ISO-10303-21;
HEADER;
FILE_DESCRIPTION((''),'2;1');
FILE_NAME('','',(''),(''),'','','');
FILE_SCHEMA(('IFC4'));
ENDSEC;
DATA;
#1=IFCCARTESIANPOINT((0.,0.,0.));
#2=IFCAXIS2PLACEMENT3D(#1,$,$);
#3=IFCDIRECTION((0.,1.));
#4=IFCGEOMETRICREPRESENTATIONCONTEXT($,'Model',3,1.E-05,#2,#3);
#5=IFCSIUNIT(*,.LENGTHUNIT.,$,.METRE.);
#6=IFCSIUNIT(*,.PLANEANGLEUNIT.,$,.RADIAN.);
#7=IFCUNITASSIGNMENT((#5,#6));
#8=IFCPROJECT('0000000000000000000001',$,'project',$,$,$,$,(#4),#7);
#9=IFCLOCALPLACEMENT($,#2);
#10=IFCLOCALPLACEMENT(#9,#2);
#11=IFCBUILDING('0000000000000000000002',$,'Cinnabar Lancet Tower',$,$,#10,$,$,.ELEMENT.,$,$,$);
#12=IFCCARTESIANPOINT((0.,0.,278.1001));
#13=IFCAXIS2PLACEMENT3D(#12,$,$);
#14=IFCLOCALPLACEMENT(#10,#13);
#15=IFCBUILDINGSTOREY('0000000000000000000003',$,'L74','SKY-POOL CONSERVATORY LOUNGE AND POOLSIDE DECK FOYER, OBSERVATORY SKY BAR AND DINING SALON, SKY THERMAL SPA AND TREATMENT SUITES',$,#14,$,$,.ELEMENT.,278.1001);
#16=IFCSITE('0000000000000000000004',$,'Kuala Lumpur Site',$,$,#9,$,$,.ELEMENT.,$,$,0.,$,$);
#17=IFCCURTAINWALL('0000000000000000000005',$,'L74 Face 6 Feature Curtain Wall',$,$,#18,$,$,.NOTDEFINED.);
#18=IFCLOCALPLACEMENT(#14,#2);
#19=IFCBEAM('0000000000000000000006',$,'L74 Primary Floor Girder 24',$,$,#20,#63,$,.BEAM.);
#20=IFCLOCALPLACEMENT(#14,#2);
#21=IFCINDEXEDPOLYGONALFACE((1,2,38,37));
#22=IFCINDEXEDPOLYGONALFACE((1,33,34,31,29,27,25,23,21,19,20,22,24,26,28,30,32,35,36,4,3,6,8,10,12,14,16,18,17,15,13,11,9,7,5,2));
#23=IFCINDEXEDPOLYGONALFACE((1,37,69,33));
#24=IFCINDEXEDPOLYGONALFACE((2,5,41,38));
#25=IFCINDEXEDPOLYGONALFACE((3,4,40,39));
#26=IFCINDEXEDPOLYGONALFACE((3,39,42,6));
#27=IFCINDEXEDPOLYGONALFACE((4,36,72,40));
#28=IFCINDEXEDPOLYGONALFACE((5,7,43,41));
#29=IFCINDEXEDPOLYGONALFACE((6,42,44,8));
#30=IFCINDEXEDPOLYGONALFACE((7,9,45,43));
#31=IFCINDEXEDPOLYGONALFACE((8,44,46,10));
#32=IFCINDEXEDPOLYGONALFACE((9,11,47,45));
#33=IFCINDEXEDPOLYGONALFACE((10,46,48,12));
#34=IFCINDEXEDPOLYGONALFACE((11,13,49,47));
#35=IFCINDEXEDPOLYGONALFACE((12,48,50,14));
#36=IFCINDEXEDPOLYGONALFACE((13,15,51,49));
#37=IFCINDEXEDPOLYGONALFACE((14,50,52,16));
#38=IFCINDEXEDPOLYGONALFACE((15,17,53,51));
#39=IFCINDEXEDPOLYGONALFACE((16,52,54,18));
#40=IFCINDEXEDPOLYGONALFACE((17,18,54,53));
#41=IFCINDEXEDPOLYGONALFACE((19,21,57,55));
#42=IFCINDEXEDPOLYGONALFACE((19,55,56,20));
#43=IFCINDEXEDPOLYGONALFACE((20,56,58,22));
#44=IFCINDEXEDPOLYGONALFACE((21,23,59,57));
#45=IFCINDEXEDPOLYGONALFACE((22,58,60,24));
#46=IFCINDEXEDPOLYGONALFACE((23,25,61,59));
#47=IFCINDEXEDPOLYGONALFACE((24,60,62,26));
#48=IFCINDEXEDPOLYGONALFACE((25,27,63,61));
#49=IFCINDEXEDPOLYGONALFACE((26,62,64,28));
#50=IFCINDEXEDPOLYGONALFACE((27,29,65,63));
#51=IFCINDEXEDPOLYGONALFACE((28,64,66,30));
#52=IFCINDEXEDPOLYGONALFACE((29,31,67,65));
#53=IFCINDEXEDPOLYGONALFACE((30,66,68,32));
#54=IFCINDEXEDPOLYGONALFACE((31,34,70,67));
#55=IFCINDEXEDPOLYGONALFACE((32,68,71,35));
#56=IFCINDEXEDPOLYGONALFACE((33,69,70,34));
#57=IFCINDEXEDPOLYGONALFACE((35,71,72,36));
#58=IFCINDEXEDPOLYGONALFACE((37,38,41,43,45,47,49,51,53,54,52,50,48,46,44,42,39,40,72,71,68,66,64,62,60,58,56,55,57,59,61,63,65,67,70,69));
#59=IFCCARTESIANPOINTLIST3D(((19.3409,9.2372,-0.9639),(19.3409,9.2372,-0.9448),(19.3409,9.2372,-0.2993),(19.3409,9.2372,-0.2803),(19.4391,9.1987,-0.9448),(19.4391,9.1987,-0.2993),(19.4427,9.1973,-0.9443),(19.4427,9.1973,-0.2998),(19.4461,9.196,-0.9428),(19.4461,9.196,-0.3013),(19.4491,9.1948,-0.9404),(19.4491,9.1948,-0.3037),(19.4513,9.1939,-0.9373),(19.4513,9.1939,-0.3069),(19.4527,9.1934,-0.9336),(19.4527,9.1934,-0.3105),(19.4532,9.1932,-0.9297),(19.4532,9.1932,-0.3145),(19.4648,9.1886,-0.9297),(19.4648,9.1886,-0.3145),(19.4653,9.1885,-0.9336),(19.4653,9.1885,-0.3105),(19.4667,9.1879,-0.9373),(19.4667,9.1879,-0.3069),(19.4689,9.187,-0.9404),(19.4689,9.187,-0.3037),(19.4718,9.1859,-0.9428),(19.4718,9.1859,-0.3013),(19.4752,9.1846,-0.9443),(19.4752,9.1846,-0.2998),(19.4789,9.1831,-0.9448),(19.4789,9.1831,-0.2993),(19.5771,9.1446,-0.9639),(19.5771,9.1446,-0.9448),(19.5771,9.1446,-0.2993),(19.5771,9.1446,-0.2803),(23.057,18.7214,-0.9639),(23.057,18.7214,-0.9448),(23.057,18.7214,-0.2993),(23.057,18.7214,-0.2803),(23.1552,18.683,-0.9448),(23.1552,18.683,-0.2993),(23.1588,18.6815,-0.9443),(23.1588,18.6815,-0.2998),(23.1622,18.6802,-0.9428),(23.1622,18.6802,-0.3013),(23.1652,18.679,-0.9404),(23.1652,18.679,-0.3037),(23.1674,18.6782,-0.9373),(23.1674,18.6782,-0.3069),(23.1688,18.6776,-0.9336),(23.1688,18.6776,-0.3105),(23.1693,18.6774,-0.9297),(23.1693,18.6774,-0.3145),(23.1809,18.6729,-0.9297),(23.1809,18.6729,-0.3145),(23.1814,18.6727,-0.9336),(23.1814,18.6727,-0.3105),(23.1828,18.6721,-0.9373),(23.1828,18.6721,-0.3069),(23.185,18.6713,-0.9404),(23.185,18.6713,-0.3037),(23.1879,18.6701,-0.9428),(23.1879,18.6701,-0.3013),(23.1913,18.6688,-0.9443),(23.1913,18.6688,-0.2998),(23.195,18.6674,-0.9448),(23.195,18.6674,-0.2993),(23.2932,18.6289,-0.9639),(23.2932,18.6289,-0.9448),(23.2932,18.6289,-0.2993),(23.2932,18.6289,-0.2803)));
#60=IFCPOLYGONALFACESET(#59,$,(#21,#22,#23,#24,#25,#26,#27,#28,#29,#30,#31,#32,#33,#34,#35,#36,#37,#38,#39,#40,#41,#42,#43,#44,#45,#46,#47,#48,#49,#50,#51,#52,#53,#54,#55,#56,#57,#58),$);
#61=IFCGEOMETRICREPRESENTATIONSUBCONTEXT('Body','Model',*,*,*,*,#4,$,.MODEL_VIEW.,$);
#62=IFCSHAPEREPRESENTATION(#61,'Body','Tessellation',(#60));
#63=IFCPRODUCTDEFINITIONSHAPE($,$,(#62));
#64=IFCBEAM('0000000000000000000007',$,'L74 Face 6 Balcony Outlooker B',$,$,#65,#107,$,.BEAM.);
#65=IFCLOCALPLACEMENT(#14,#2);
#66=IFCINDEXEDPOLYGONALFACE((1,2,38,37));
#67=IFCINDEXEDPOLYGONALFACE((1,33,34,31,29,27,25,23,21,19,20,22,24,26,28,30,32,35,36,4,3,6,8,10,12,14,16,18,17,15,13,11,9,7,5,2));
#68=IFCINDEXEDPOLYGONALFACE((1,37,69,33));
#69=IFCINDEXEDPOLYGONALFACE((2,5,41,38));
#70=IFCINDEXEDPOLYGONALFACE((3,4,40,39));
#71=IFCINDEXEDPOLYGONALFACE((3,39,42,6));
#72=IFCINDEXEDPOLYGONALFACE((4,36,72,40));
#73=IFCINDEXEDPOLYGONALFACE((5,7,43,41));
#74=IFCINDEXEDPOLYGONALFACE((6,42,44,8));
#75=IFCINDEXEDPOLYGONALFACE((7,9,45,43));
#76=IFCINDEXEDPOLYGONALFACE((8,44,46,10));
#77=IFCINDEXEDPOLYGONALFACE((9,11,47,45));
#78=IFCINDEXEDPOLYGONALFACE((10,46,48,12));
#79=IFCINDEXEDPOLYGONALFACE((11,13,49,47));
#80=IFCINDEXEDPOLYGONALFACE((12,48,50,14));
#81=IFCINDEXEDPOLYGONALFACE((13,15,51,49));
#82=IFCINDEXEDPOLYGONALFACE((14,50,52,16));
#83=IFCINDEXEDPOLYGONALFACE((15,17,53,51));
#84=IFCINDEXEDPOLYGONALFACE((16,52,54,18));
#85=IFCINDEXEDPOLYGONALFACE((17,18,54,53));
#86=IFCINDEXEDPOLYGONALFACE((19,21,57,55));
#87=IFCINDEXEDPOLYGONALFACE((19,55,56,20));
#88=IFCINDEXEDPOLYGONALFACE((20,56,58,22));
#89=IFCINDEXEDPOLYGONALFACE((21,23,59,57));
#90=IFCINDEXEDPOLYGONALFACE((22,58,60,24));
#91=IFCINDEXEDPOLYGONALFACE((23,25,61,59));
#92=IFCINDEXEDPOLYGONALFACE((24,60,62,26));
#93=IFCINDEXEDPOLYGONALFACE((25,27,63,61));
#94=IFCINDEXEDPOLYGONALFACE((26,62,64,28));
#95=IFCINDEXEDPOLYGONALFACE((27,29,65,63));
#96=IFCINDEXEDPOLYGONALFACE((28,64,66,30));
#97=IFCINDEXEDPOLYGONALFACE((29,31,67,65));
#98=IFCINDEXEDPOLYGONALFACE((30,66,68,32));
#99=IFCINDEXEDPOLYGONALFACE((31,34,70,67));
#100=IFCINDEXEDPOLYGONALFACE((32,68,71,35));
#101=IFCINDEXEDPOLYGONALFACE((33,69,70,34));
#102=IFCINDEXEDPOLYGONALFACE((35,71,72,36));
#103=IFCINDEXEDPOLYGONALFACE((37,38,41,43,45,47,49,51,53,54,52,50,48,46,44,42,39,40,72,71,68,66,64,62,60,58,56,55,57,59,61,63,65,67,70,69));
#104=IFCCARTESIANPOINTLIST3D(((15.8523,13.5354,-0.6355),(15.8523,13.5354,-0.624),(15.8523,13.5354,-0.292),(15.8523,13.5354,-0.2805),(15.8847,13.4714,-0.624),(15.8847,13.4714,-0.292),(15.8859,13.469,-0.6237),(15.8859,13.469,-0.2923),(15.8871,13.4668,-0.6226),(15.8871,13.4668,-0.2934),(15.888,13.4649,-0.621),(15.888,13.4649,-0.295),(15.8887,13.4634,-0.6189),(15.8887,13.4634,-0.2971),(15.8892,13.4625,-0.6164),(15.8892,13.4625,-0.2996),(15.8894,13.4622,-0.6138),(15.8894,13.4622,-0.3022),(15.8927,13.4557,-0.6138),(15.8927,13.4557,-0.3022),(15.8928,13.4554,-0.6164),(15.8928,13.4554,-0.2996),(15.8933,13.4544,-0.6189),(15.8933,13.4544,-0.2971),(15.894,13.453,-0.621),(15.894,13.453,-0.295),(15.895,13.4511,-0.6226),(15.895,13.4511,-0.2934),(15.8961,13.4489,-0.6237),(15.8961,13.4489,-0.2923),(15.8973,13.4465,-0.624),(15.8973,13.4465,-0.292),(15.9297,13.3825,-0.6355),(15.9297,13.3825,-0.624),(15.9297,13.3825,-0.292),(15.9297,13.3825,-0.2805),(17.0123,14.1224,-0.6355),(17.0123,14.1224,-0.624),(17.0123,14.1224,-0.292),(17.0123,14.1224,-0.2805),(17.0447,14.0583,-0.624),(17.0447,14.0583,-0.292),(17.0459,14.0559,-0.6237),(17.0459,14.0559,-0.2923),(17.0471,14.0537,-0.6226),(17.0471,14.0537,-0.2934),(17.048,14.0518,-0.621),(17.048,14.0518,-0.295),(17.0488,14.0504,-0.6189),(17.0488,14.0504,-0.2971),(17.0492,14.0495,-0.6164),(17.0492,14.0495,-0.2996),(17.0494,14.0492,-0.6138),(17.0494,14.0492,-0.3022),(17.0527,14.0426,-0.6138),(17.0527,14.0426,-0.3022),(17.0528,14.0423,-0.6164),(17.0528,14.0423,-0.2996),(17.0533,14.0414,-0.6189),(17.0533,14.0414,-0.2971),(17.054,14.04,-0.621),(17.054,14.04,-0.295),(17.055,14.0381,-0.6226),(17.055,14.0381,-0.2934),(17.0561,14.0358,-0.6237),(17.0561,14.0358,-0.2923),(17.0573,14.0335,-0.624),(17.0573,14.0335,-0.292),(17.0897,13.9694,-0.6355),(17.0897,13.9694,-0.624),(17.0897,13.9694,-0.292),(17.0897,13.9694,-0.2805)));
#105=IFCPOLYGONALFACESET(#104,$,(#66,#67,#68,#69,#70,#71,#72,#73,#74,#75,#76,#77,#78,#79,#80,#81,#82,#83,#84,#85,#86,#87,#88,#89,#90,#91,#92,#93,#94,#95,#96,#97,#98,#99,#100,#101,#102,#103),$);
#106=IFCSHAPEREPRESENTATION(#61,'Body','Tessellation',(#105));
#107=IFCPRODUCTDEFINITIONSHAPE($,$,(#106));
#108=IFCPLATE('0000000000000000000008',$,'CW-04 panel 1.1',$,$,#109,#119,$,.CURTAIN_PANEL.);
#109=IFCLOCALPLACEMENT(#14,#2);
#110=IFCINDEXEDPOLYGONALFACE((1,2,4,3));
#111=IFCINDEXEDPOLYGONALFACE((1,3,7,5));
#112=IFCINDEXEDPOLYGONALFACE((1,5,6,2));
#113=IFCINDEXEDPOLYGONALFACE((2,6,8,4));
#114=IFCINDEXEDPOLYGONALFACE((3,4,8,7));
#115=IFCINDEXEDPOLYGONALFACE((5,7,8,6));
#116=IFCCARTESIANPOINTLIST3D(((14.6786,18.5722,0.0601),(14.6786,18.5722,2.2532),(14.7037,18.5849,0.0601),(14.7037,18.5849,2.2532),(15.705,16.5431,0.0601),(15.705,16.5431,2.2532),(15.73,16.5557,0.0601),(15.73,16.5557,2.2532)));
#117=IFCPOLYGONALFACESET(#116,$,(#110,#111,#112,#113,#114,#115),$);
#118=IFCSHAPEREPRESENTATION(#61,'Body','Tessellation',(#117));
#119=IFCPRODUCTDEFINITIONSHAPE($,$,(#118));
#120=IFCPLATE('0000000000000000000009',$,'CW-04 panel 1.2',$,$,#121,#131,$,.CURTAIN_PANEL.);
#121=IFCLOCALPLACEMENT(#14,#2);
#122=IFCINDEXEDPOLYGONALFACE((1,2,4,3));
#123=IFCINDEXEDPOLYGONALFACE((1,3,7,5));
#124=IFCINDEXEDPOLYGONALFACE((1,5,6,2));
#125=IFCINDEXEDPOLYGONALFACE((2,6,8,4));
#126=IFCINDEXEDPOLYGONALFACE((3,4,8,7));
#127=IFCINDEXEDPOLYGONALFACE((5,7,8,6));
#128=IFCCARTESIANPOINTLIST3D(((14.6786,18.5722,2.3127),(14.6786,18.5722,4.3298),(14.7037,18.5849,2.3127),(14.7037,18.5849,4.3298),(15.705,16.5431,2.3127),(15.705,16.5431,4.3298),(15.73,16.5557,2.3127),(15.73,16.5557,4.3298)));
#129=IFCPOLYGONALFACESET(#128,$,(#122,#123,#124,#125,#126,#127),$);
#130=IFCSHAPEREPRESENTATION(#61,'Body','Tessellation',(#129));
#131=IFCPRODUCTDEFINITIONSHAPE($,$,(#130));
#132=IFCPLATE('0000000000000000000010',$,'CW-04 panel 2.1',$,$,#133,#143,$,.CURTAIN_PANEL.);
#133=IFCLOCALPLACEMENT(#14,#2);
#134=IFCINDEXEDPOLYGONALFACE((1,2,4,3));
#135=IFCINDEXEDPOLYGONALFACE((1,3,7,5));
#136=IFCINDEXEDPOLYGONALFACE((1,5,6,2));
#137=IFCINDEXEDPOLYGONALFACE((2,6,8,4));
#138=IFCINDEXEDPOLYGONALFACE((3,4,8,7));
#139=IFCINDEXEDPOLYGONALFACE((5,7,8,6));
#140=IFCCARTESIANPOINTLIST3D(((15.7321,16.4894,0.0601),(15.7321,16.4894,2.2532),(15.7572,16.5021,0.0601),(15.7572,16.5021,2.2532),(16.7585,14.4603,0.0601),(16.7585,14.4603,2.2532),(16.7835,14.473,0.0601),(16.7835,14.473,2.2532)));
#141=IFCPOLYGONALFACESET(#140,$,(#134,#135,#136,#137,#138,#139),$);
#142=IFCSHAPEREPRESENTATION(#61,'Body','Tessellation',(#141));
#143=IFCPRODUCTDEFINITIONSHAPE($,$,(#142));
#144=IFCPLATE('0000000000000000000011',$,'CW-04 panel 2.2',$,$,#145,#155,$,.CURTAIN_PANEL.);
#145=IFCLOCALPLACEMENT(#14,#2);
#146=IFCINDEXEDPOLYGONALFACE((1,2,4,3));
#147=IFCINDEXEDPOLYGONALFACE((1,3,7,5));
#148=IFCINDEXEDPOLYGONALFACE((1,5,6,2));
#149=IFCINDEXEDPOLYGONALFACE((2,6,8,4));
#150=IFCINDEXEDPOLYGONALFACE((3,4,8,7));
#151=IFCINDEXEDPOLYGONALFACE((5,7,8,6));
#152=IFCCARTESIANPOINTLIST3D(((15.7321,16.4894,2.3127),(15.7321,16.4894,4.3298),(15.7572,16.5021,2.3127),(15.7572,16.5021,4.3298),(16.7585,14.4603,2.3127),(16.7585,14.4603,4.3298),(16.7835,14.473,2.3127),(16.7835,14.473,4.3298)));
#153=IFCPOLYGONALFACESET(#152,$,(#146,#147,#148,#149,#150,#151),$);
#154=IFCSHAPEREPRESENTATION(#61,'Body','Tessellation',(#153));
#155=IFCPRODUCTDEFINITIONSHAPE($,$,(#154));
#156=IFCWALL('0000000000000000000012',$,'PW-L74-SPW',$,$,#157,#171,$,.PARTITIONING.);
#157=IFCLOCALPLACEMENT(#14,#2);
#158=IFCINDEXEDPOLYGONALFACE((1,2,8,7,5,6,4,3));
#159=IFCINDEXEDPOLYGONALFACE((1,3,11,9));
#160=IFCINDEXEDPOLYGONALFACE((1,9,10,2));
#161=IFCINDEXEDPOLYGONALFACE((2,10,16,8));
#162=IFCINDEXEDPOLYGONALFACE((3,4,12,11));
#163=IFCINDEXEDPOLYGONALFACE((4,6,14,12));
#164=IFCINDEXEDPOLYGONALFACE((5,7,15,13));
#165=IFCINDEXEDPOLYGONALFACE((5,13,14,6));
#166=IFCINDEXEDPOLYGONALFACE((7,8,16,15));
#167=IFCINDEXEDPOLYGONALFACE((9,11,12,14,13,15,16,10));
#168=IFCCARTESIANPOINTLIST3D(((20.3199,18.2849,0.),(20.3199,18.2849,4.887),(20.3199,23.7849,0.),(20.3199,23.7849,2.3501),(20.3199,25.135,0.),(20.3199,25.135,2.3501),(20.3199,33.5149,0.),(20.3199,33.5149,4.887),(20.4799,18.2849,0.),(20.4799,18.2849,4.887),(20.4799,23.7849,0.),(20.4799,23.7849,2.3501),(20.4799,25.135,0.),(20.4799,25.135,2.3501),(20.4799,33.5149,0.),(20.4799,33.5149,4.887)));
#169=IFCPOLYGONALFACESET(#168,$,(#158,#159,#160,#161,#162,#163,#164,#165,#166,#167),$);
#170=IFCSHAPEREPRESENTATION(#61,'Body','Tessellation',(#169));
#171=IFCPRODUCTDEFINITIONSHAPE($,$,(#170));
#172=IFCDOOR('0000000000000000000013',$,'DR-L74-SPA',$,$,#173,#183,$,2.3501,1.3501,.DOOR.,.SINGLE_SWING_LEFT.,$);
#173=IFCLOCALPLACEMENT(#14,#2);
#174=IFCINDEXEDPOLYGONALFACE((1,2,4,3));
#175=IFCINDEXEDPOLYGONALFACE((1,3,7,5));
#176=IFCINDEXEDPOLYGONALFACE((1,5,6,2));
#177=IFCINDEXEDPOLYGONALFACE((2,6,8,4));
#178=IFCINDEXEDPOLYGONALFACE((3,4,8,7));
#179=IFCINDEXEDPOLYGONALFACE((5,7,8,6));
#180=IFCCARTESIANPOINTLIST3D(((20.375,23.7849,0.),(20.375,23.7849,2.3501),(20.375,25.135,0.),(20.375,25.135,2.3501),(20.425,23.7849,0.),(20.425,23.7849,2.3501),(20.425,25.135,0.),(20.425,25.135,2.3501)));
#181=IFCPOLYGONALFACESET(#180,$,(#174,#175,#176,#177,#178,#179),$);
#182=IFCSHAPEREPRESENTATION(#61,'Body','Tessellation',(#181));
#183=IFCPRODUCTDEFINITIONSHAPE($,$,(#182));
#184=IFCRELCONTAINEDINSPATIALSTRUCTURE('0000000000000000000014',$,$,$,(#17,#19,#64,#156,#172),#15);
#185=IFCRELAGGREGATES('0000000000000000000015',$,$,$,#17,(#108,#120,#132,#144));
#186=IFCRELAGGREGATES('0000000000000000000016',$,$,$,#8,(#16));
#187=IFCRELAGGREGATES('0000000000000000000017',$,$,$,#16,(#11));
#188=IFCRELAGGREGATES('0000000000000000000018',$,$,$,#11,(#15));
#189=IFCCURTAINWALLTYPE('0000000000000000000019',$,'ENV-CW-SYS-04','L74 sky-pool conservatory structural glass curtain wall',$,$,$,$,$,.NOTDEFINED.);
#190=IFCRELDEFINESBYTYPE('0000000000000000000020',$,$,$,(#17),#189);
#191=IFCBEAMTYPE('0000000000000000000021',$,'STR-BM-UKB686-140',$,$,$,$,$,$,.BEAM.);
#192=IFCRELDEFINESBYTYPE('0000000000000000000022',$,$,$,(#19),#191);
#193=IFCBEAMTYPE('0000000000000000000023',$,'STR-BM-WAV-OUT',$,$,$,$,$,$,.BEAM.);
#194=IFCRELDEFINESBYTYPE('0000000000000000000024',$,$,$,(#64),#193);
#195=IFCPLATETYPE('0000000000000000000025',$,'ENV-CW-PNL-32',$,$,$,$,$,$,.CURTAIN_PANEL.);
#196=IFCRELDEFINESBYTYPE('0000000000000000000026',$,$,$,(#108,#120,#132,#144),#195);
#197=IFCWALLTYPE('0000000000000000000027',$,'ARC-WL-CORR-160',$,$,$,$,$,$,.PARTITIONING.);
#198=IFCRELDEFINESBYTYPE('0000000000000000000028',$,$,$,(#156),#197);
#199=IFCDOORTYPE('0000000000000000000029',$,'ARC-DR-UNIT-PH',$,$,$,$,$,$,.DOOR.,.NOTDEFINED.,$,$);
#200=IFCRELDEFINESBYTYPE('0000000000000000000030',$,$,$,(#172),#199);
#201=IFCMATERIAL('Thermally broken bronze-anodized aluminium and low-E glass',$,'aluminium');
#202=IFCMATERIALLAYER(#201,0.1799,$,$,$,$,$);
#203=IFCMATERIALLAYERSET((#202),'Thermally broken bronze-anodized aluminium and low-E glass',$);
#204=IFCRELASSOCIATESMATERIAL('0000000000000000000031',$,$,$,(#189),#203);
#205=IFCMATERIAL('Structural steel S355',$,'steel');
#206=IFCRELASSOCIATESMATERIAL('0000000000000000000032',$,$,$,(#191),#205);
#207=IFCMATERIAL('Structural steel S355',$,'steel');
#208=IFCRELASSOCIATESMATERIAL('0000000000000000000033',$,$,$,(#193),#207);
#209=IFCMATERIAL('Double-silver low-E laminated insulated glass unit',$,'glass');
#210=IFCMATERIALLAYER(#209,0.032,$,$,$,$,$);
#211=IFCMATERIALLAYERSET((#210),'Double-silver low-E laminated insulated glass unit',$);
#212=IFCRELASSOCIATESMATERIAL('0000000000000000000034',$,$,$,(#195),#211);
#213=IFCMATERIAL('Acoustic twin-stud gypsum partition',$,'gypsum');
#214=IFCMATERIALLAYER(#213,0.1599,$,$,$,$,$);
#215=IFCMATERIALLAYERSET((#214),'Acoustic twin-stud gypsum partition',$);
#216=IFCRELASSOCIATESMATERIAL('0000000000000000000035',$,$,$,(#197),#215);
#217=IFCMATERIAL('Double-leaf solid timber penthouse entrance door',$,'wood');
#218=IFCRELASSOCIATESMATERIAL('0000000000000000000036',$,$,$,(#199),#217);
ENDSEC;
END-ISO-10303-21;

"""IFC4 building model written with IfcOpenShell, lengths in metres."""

from ifc_helpers import new_model, si_unit, direction, frame, frame_2d, origin, origin_2d, place, context, subcontext, project, spatial, rectangle, i_section, extrude, material, layer, layer_set, material_profile, profile_set, type_object, element, fill, aggregate, save


model = new_model("IFC4")

# Units and contexts
model_context = context("Model", 3, precision=1e-05, world=origin(), true_north=direction((0.0, 1.0)))
body_context = subcontext(model_context, "Body", "Model", "MODEL_VIEW")
ifc_project = project(units=[si_unit("LENGTHUNIT", "METRE"), si_unit("PLANEANGLEUNIT", "RADIAN")], contexts=[model_context])

# Site, building, storey
site_placement = place(None, origin())
site = spatial("IfcSite", under=ifc_project, at=site_placement, Name="Kuala Lumpur Site", CompositionType="ELEMENT", RefElevation=0.0)
building_placement = place(site_placement, origin())
building = spatial("IfcBuilding", under=site, at=building_placement, Name="Cinnabar Lancet Tower", CompositionType="ELEMENT")
storey_placement = place(building_placement, frame((0.0, 0.0, 278.1001)))
storey = spatial("IfcBuildingStorey", under=building, at=storey_placement, Name="L74", Description="SKY-POOL CONSERVATORY LOUNGE AND POOLSIDE DECK FOYER, OBSERVATORY SKY BAR AND DINING SALON, SKY THERMAL SPA AND TREATMENT SUITES", CompositionType="ELEMENT", Elevation=278.1001)

# Curtain wall
ifc_material_1 = material(Name="Thermally broken bronze-anodized aluminium and low-E glass", Category="aluminium")
ifc_layer_1 = layer(ifc_material_1, 0.1799)
ifc_layer_set_1 = layer_set([ifc_layer_1], Name="Thermally broken bronze-anodized aluminium and low-E glass")
curtain_wall_type = type_object("IfcCurtainWallType", Name="ENV-CW-SYS-04", Description="L74 sky-pool conservatory structural glass curtain wall", PredefinedType="NOTDEFINED", material=ifc_layer_set_1)
curtain_wall_placement = place(storey_placement, origin())
curtain_wall = element("IfcCurtainWall", 1, at=curtain_wall_placement, inside=storey, type_object=curtain_wall_type, Name="L74 Face 6 Feature Curtain Wall", PredefinedType="NOTDEFINED")

# Beams
ifc_material_2 = material(Name="Structural steel S355", Category="steel")
ifc_material_profile_1 = material_profile(ifc_material_2, i_section(OverallWidth=0.2537, OverallDepth=0.6836, WebThickness=0.0125, FlangeThickness=0.019, FilletRadius=0.0151, at=origin_2d()), Name="UKB 686x254x140")
ifc_profile_set_1 = profile_set([ifc_material_profile_1], Name="Structural steel S355")
beam_type_1 = type_object("IfcBeamType", Name="STR-BM-UKB686-140", PredefinedType="BEAM", material=ifc_profile_set_1)
beam_1_placement = place(storey_placement, frame((19.459, 9.1909, -0.6221), z_axis=(0.364815, 0.93108, 0.0), x_axis=(-0.93108, 0.364815, 0.0)))
element("IfcBeam", 2, at=beam_1_placement, inside=storey, type_object=beam_type_1, Name="L74 Primary Floor Girder 24", PredefinedType="BEAM", context=body_context, shape_type="SweptSolid", body=[
    extrude(i_section(OverallWidth=0.2537, OverallDepth=0.6836, WebThickness=0.0125, FlangeThickness=0.019, FilletRadius=0.0151, at=origin_2d()), origin(), (0.0, 0.0, 1.0), 10.1863),
])
ifc_material_3 = material(Name="Structural steel S355", Category="steel")
ifc_material_profile_2 = material_profile(ifc_material_3, i_section(OverallWidth=0.1714, OverallDepth=0.355, WebThickness=0.0073, FlangeThickness=0.0115, FilletRadius=0.0103, at=origin_2d()), Name="UKB 356x171x51")
ifc_profile_set_2 = profile_set([ifc_material_profile_2], Name="Structural steel S355")
beam_type_2 = type_object("IfcBeamType", Name="STR-BM-WAV-OUT", PredefinedType="BEAM", material=ifc_profile_set_2)
beam_2_placement = place(storey_placement, frame((17.051, 14.0459, -0.458), z_axis=(-0.892276, -0.45149, 0.0), x_axis=(0.45149, -0.892276, 0.0)))
element("IfcBeam", 3, at=beam_2_placement, inside=storey, type_object=beam_type_2, Name="L74 Face 6 Balcony Outlooker B", PredefinedType="BEAM", context=body_context, shape_type="SweptSolid", body=[
    extrude(i_section(OverallWidth=0.1714, OverallDepth=0.355, WebThickness=0.0073, FlangeThickness=0.0115, FilletRadius=0.0103, at=origin_2d()), origin(), (0.0, 0.0, 1.0), 1.3),
])

# Plates
ifc_material_4 = material(Name="Double-silver low-E laminated insulated glass unit", Category="glass")
ifc_layer_2 = layer(ifc_material_4, 0.032)
ifc_layer_set_2 = layer_set([ifc_layer_2], Name="Double-silver low-E laminated insulated glass unit")
plate_type = type_object("IfcPlateType", Name="ENV-CW-PNL-32", PredefinedType="CURTAIN_PANEL", material=ifc_layer_set_2)
plate_1_placement = place(storey_placement, frame((15.2043, 17.564, 0.0601), z_axis=(0.0, 0.0, 1.0), x_axis=(0.451354, -0.892345, 0.0)))
plate_1 = element("IfcPlate", 4, at=plate_1_placement, type_object=plate_type, Name="CW-04 panel 1.1", PredefinedType="CURTAIN_PANEL", context=body_context, shape_type="SweptSolid", body=[
    extrude(rectangle(XDim=2.2739, YDim=0.0281, at=origin_2d()), origin(), (0.0, 0.0, 1.0), 2.1931),
])
plate_2_placement = place(storey_placement, frame((15.2043, 17.564, 2.3127), z_axis=(0.0, 0.0, 1.0), x_axis=(0.451354, -0.892345, 0.0)))
plate_2 = element("IfcPlate", 5, at=plate_2_placement, type_object=plate_type, Name="CW-04 panel 1.2", PredefinedType="CURTAIN_PANEL", context=body_context, shape_type="SweptSolid", body=[
    extrude(rectangle(XDim=2.2739, YDim=0.0281, at=origin_2d()), origin(), (0.0, 0.0, 1.0), 2.0171),
])
plate_3_placement = place(storey_placement, frame((16.2578, 15.4812, 0.0601), z_axis=(0.0, 0.0, 1.0), x_axis=(0.451354, -0.892345, 0.0)))
plate_3 = element("IfcPlate", 6, at=plate_3_placement, type_object=plate_type, Name="CW-04 panel 2.1", PredefinedType="CURTAIN_PANEL", context=body_context, shape_type="SweptSolid", body=[
    extrude(rectangle(XDim=2.2739, YDim=0.0281, at=origin_2d()), origin(), (0.0, 0.0, 1.0), 2.1931),
])
plate_4_placement = place(storey_placement, frame((16.2578, 15.4812, 2.3127), z_axis=(0.0, 0.0, 1.0), x_axis=(0.451354, -0.892345, 0.0)))
plate_4 = element("IfcPlate", 7, at=plate_4_placement, type_object=plate_type, Name="CW-04 panel 2.2", PredefinedType="CURTAIN_PANEL", context=body_context, shape_type="SweptSolid", body=[
    extrude(rectangle(XDim=2.2739, YDim=0.0281, at=origin_2d()), origin(), (0.0, 0.0, 1.0), 2.0171),
])
aggregate(curtain_wall, [plate_1, plate_2, plate_3, plate_4])

# Wall, opening, door
ifc_material_5 = material(Name="Acoustic twin-stud gypsum partition", Category="gypsum")
ifc_layer_3 = layer(ifc_material_5, 0.1599)
ifc_layer_set_3 = layer_set([ifc_layer_3], Name="Acoustic twin-stud gypsum partition")
wall_type_1 = type_object("IfcWallType", Name="ARC-WL-CORR-160", PredefinedType="PARTITIONING", material=ifc_layer_set_3)
wall_1_placement = place(storey_placement, frame((20.3999, 18.2849, 0.0), z_axis=(0.0, 0.0, 1.0), x_axis=(0.0, 1.0, 0.0)))
wall_1 = element("IfcWall", 8, at=wall_1_placement, inside=storey, type_object=wall_type_1, Name="PW-L74-SPW", PredefinedType="PARTITIONING", context=body_context, shape_type="SweptSolid", body=[
    extrude(rectangle(XDim=15.23, YDim=0.1599, at=frame_2d((7.615, 0.0))), origin(), (0.0, 0.0, 1.0), 4.887),
])
opening_1_placement = place(wall_1_placement, frame((5.5, 0.0, 0.0)))
opening_1 = element("IfcOpeningElement", 9, at=opening_1_placement, cuts=wall_1, PredefinedType="OPENING", context=body_context, shape_type="SweptSolid", body=[
    extrude(rectangle(XDim=1.3501, YDim=2.3501, at=frame_2d((0.675, 1.175))), frame((0.0, 0.0898, 0.0), z_axis=(0.0, -1.0, 0.0), x_axis=(1.0, 0.0, 0.0)), (0.0, 0.0, 1.0), 0.1799),
])
ifc_material_6 = material(Name="Double-leaf solid timber penthouse entrance door", Category="wood")
door_type = type_object("IfcDoorType", Name="ARC-DR-UNIT-PH", OperationType="NOTDEFINED", PredefinedType="DOOR", material=ifc_material_6)
door_placement = place(opening_1_placement, origin())
door = element("IfcDoor", 10, at=door_placement, inside=storey, type_object=door_type, Name="DR-L74-SPA", OperationType="SINGLE_SWING_LEFT", OverallHeight=2.3501, OverallWidth=1.3501, PredefinedType="DOOR", context=body_context, shape_type="SweptSolid", body=[
    extrude(rectangle(XDim=1.3501, YDim=2.3501, at=frame_2d((0.675, 1.175))), frame((0.0, 0.0249, 0.0), z_axis=(0.0, -1.0, 0.0), x_axis=(1.0, 0.0, 0.0)), (0.0, 0.0, 1.0), 0.05),
])
fill(opening_1, door)

save(model, "model.ifc")
